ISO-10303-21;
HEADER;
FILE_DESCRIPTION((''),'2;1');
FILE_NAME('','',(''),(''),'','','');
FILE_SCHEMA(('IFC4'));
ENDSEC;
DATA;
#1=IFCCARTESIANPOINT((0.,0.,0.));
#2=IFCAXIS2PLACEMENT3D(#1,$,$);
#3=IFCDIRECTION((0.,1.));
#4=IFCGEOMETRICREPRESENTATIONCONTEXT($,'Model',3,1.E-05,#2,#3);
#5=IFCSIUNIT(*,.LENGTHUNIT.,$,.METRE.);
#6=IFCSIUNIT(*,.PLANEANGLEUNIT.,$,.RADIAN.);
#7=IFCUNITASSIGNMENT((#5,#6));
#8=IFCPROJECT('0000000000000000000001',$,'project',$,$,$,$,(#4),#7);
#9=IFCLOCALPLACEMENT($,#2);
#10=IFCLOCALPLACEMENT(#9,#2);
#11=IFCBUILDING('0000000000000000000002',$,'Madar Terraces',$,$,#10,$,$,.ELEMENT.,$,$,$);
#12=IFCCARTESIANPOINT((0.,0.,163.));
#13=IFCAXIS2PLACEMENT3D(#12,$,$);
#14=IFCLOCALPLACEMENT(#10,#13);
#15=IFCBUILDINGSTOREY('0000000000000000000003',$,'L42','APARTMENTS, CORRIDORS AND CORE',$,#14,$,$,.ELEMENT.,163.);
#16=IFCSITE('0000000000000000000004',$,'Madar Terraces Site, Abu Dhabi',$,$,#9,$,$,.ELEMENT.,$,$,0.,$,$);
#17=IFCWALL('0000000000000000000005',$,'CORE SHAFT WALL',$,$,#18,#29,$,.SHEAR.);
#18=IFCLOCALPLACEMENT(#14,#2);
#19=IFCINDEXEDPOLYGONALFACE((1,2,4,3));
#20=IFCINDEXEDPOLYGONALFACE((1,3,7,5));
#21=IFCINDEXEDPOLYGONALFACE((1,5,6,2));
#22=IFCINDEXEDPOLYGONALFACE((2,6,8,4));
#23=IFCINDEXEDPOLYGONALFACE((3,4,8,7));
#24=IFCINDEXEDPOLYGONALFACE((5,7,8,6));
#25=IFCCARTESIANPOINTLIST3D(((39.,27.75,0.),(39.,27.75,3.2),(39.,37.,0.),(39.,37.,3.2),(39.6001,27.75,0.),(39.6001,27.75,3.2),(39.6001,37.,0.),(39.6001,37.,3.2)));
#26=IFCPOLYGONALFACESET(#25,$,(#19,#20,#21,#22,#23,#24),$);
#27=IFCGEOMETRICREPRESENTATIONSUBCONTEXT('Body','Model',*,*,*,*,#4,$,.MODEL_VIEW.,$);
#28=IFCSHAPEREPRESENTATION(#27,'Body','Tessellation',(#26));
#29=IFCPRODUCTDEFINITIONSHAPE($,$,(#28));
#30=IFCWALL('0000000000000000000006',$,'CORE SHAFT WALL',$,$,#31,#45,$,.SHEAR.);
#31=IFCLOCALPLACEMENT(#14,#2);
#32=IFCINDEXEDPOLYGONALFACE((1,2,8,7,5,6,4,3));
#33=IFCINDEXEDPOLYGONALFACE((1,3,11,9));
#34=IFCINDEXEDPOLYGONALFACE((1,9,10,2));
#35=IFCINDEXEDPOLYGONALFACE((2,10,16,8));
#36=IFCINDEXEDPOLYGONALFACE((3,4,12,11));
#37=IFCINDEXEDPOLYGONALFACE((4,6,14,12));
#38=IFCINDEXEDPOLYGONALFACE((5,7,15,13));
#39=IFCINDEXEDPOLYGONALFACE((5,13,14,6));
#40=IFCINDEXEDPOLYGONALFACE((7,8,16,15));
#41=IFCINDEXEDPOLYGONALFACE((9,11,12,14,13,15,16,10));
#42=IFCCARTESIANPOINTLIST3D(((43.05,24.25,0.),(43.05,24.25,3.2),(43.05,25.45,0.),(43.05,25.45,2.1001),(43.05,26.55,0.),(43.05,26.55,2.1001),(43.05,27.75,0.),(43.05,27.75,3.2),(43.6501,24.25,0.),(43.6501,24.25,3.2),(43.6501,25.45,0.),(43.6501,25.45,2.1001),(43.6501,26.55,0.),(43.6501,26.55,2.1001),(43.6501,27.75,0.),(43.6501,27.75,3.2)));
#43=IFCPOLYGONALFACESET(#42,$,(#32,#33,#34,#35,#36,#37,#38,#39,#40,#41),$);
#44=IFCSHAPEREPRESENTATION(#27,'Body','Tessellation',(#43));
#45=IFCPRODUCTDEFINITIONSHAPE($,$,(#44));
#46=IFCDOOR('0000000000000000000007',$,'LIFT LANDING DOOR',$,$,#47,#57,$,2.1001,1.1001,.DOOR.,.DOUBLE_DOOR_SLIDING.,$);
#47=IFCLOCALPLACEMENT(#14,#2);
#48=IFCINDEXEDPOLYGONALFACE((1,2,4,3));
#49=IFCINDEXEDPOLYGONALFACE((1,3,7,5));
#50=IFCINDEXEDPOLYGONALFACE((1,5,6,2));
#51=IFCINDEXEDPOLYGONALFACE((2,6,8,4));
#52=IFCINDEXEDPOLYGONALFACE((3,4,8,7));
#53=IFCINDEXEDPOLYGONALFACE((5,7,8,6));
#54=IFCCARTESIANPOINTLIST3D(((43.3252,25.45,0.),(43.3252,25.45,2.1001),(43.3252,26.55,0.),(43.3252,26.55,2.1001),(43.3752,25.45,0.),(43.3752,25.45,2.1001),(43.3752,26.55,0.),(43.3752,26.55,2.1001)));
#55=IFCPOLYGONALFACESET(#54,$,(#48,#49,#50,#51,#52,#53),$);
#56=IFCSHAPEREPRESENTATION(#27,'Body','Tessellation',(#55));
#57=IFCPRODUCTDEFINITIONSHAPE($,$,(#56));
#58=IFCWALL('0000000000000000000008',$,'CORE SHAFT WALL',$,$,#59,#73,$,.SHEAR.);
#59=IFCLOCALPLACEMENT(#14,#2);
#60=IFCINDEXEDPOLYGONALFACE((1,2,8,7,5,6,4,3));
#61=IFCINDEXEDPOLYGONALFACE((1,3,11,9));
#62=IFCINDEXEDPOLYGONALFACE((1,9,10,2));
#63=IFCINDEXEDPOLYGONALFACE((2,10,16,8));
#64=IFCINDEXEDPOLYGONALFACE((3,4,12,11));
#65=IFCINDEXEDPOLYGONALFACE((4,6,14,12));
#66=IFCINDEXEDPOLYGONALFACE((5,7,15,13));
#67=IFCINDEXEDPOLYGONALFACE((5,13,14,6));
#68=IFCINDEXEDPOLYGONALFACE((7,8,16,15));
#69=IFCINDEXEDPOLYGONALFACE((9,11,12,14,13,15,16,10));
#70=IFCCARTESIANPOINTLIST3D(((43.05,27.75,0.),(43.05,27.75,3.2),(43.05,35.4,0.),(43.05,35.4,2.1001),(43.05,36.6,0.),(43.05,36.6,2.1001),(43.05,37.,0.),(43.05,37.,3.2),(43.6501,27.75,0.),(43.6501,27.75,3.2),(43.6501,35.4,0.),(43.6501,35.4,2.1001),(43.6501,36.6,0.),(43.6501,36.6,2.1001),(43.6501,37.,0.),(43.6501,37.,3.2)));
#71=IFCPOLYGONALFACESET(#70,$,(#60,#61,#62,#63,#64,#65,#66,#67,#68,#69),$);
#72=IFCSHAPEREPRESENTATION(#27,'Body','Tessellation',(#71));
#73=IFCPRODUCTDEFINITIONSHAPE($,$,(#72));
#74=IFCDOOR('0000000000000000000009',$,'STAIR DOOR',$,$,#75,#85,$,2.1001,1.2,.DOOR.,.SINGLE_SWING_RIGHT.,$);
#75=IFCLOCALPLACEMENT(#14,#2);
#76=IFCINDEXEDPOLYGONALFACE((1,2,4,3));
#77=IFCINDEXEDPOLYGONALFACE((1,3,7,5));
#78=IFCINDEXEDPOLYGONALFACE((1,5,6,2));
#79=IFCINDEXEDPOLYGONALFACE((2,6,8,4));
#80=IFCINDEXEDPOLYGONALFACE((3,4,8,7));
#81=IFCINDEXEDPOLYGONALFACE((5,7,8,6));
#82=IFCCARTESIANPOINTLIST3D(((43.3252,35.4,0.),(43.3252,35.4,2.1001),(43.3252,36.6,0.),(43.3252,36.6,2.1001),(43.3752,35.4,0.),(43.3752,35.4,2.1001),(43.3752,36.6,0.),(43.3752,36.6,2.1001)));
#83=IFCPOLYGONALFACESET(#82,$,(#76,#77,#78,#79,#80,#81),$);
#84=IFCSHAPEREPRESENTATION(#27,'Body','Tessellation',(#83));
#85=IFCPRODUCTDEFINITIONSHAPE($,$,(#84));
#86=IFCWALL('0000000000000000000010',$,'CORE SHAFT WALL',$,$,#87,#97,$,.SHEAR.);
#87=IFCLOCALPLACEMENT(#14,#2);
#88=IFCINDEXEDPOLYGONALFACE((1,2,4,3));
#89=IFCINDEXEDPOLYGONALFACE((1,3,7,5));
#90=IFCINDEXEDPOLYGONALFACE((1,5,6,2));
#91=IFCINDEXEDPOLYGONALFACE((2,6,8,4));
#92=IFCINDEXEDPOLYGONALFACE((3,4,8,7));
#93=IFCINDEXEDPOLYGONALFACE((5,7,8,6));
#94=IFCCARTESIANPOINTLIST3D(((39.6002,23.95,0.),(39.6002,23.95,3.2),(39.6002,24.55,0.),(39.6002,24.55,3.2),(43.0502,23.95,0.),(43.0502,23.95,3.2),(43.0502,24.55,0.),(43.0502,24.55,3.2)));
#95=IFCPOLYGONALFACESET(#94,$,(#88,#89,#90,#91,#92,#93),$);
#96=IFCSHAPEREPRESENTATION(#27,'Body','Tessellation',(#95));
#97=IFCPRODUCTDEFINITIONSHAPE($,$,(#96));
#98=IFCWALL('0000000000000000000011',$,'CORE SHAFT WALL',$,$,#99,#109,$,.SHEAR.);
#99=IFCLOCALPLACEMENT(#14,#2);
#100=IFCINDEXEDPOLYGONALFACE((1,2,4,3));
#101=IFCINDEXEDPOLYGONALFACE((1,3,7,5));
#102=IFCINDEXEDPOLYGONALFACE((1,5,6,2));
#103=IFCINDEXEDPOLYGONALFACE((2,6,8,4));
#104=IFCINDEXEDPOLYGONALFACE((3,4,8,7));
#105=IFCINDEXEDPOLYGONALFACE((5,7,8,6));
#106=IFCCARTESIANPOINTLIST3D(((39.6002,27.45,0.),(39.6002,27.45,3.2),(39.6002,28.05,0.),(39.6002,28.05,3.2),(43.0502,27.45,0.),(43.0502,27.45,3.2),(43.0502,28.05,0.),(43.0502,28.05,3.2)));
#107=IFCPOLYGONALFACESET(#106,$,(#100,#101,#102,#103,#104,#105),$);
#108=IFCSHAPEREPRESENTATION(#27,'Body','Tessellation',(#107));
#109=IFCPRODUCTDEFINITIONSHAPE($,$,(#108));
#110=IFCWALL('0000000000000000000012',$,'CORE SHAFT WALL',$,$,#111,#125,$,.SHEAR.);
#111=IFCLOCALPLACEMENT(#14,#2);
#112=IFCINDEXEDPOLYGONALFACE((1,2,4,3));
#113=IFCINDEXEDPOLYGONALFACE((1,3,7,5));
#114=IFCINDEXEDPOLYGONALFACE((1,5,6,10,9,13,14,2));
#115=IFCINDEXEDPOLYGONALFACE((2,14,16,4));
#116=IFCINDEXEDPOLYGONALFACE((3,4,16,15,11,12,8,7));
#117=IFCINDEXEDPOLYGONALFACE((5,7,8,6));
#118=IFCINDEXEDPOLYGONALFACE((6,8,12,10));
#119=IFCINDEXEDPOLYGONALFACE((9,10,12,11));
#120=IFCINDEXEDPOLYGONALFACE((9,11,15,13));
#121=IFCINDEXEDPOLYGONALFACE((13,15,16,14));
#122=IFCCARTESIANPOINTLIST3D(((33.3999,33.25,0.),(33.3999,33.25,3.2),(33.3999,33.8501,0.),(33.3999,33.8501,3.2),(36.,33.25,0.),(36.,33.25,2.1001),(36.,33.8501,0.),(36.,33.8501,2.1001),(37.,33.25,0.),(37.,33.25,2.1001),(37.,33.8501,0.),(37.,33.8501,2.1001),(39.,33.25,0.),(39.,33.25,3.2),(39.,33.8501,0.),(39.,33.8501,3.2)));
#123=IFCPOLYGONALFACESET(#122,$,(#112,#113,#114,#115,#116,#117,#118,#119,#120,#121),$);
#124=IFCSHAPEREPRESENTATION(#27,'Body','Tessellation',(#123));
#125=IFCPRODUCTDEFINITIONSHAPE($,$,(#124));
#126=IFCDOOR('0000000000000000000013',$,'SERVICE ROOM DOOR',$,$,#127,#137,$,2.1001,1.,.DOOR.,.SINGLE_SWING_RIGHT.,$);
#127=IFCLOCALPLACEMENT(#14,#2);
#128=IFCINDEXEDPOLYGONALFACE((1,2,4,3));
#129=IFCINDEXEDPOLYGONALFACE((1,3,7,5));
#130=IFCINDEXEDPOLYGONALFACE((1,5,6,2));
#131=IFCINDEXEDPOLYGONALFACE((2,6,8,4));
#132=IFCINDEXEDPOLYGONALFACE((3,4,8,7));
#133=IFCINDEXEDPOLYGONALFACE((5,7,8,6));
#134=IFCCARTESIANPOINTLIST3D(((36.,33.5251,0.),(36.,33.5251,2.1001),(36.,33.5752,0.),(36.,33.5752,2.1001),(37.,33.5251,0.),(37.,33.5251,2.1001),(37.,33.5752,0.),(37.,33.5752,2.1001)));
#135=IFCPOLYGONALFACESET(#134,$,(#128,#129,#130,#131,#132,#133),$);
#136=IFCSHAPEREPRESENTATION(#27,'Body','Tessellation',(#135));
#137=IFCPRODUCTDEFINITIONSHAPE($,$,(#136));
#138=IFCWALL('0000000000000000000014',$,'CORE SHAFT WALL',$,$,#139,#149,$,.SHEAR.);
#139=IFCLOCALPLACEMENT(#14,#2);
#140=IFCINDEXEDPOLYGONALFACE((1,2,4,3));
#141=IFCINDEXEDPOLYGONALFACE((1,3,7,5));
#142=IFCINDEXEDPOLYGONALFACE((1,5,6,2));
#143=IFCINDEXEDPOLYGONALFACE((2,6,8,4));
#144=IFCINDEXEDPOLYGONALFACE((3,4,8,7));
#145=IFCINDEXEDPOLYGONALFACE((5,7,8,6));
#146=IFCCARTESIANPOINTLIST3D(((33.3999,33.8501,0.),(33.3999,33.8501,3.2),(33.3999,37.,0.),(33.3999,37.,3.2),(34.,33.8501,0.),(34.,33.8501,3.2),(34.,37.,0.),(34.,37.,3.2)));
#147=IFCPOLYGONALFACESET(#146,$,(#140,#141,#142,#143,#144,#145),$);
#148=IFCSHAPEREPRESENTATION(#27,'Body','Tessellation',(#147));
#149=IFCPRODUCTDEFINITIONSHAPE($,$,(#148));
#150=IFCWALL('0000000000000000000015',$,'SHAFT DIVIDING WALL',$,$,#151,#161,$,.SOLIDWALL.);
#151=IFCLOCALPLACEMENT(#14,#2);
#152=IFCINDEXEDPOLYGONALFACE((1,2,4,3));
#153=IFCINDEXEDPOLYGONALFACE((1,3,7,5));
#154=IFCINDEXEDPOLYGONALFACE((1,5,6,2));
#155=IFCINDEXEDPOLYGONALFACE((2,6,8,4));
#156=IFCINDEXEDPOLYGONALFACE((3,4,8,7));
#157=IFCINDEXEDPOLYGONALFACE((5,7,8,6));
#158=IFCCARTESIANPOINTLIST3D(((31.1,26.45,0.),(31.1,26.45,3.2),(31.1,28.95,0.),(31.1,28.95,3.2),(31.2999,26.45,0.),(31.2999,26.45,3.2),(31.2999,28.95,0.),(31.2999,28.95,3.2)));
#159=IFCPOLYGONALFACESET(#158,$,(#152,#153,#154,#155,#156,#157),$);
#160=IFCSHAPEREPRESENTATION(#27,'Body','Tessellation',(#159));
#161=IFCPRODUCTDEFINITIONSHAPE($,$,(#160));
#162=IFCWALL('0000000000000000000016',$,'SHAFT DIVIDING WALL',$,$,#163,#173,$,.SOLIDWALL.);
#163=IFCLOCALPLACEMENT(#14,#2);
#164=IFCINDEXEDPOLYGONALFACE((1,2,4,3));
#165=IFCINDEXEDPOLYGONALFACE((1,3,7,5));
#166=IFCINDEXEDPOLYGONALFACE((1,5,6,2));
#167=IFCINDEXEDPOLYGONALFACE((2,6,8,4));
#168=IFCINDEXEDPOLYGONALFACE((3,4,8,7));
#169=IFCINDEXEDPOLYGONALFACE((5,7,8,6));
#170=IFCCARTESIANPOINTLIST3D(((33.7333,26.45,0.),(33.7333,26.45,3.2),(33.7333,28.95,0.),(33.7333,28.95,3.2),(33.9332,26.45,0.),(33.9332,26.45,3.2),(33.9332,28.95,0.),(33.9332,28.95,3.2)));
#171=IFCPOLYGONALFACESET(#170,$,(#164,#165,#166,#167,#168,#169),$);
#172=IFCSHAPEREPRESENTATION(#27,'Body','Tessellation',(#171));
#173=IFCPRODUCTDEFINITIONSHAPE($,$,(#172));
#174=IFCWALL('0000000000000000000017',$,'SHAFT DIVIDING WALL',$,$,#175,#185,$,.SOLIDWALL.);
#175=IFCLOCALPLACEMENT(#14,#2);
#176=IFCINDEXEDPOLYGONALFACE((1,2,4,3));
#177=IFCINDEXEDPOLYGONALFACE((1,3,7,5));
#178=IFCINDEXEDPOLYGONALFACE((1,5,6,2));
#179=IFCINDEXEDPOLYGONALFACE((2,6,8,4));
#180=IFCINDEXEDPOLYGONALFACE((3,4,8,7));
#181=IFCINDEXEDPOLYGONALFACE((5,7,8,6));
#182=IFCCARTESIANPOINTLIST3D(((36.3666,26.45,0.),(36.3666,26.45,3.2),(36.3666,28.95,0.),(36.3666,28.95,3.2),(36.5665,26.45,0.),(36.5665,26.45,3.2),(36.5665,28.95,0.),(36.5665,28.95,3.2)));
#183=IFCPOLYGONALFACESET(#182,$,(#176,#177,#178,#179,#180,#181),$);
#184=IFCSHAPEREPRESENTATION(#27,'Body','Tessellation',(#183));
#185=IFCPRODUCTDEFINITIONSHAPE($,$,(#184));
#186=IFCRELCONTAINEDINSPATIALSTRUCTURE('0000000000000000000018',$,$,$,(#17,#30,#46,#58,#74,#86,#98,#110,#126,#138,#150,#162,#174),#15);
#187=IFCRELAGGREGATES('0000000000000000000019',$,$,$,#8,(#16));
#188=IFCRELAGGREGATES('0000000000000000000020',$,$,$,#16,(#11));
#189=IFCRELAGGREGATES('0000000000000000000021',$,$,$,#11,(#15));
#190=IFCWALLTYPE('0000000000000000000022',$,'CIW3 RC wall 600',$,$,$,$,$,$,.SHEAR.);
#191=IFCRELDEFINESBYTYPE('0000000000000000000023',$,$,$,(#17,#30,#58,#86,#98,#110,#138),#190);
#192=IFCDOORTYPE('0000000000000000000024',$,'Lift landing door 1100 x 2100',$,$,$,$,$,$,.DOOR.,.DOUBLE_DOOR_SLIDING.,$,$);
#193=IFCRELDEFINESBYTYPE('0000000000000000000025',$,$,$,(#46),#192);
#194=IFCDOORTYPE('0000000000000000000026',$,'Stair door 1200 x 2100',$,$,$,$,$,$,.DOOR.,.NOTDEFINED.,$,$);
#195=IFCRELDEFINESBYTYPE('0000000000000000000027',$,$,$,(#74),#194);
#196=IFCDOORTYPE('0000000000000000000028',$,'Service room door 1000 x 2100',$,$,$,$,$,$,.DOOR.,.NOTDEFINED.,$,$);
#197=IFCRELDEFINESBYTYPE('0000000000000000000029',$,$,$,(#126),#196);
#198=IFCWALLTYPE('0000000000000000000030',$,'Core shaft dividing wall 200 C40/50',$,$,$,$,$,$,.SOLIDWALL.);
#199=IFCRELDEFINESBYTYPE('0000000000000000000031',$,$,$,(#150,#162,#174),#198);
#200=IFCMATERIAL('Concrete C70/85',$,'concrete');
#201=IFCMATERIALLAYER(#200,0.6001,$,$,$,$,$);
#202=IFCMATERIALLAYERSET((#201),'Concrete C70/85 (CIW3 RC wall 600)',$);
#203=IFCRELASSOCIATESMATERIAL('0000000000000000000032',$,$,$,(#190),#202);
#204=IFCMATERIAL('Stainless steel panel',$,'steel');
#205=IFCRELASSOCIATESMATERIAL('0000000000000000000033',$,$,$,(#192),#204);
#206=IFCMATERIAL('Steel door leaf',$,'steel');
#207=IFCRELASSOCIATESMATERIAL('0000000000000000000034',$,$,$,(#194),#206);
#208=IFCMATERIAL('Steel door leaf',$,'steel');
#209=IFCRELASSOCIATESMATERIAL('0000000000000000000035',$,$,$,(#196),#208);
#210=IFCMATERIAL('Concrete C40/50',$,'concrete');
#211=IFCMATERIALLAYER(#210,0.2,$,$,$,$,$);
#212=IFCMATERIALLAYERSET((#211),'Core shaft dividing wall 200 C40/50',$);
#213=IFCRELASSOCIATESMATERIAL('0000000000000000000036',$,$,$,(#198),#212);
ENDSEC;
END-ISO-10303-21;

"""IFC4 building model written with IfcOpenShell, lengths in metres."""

from ifc_helpers import new_model, si_unit, direction, frame, frame_2d, origin, place, context, subcontext, project, spatial, rectangle, extrude, material, layer, layer_set, type_object, element, fill, save


model = new_model("IFC4")

# Units and contexts
model_context = context("Model", 3, precision=1e-05, world=origin(), true_north=direction((0.0, 1.0)))
body_context = subcontext(model_context, "Body", "Model", "MODEL_VIEW")
ifc_project = project(units=[si_unit("LENGTHUNIT", "METRE"), si_unit("PLANEANGLEUNIT", "RADIAN")], contexts=[model_context])

# Site, building, storey
site_placement = place(None, origin())
site = spatial("IfcSite", under=ifc_project, at=site_placement, Name="Madar Terraces Site, Abu Dhabi", CompositionType="ELEMENT", RefElevation=0.0)
building_placement = place(site_placement, origin())
building = spatial("IfcBuilding", under=site, at=building_placement, Name="Madar Terraces", CompositionType="ELEMENT")
storey_placement = place(building_placement, frame((0.0, 0.0, 163.0)))
storey = spatial("IfcBuildingStorey", under=building, at=storey_placement, Name="L42", Description="APARTMENTS, CORRIDORS AND CORE", CompositionType="ELEMENT", Elevation=163.0)

# Wall
ifc_material_1 = material(Name="Concrete C70/85", Category="concrete")
ifc_layer_1 = layer(ifc_material_1, 0.6001)
ifc_layer_set_1 = layer_set([ifc_layer_1], Name="Concrete C70/85 (CIW3 RC wall 600)")
wall_type_1 = type_object("IfcWallType", Name="CIW3 RC wall 600", PredefinedType="SHEAR", material=ifc_layer_set_1)
wall_1_placement = place(storey_placement, frame((39.3, 27.75, 0.0), z_axis=(0.0, 0.0, 1.0), x_axis=(0.0, 1.0, 0.0)))
element("IfcWall", 1, at=wall_1_placement, inside=storey, type_object=wall_type_1, Name="CORE SHAFT WALL", PredefinedType="SHEAR", context=body_context, shape_type="SweptSolid", body=[
    extrude(rectangle(XDim=9.25, YDim=0.6001, at=frame_2d((4.625, 0.0))), origin(), (0.0, 0.0, 1.0), 3.2),
])

# Walls, openings, doors
wall_2_placement = place(storey_placement, frame((43.3501, 24.25, 0.0), z_axis=(0.0, 0.0, 1.0), x_axis=(0.0, 1.0, 0.0)))
wall_2 = element("IfcWall", 2, at=wall_2_placement, inside=storey, type_object=wall_type_1, Name="CORE SHAFT WALL", PredefinedType="SHEAR", context=body_context, shape_type="SweptSolid", body=[
    extrude(rectangle(XDim=3.5, YDim=0.6001, at=frame_2d((1.75, 0.0))), origin(), (0.0, 0.0, 1.0), 3.2),
])
opening_1_placement = place(wall_2_placement, frame((1.2, 0.0, 0.0)))
opening_1 = element("IfcOpeningElement", 3, at=opening_1_placement, cuts=wall_2, PredefinedType="OPENING", context=body_context, shape_type="SweptSolid", body=[
    extrude(rectangle(XDim=1.1001, YDim=2.1001, at=frame_2d((0.55, 1.05))), frame((0.0, 0.3101, 0.0), z_axis=(0.0, -1.0, 0.0), x_axis=(1.0, 0.0, 0.0)), (0.0, 0.0, 1.0), 0.6201),
])
ifc_material_2 = material(Name="Stainless steel panel", Category="steel")
door_type_1 = type_object("IfcDoorType", Name="Lift landing door 1100 x 2100", OperationType="DOUBLE_DOOR_SLIDING", PredefinedType="DOOR", material=ifc_material_2)
door_1_placement = place(opening_1_placement, origin())
door_1 = element("IfcDoor", 4, at=door_1_placement, inside=storey, type_object=door_type_1, Name="LIFT LANDING DOOR", OperationType="DOUBLE_DOOR_SLIDING", OverallHeight=2.1001, OverallWidth=1.1001, PredefinedType="DOOR", context=body_context, shape_type="SweptSolid", body=[
    extrude(rectangle(XDim=1.1001, YDim=2.1001, at=frame_2d((0.55, 1.05))), frame((0.0, 0.0249, 0.0), z_axis=(0.0, -1.0, 0.0), x_axis=(1.0, 0.0, 0.0)), (0.0, 0.0, 1.0), 0.05),
])
fill(opening_1, door_1)
wall_3_placement = place(storey_placement, frame((43.3501, 27.75, 0.0), z_axis=(0.0, 0.0, 1.0), x_axis=(0.0, 1.0, 0.0)))
wall_3 = element("IfcWall", 5, at=wall_3_placement, inside=storey, type_object=wall_type_1, Name="CORE SHAFT WALL", PredefinedType="SHEAR", context=body_context, shape_type="SweptSolid", body=[
    extrude(rectangle(XDim=9.25, YDim=0.6001, at=frame_2d((4.625, 0.0))), origin(), (0.0, 0.0, 1.0), 3.2),
])
opening_2_placement = place(wall_3_placement, frame((7.6499, 0.0, 0.0)))
opening_2 = element("IfcOpeningElement", 6, at=opening_2_placement, cuts=wall_3, PredefinedType="OPENING", context=body_context, shape_type="SweptSolid", body=[
    extrude(rectangle(XDim=1.2, YDim=2.1001, at=frame_2d((0.6001, 1.05))), frame((0.0, 0.3101, 0.0), z_axis=(0.0, -1.0, 0.0), x_axis=(1.0, 0.0, 0.0)), (0.0, 0.0, 1.0), 0.6201),
])
ifc_material_3 = material(Name="Steel door leaf", Category="steel")
door_type_2 = type_object("IfcDoorType", Name="Stair door 1200 x 2100", OperationType="NOTDEFINED", PredefinedType="DOOR", material=ifc_material_3)
door_2_placement = place(opening_2_placement, origin())
door_2 = element("IfcDoor", 7, at=door_2_placement, inside=storey, type_object=door_type_2, Name="STAIR DOOR", OperationType="SINGLE_SWING_RIGHT", OverallHeight=2.1001, OverallWidth=1.2, PredefinedType="DOOR", context=body_context, shape_type="SweptSolid", body=[
    extrude(rectangle(XDim=1.2, YDim=2.1001, at=frame_2d((0.6001, 1.05))), frame((0.0, 0.0249, 0.0), z_axis=(0.0, -1.0, 0.0), x_axis=(1.0, 0.0, 0.0)), (0.0, 0.0, 1.0), 0.05),
])
fill(opening_2, door_2)

# Walls
for number, where, z_axis, x_axis, name in (
    (8, (39.6001, 24.25, 0.0), (0.0, 0.0, 1.0), (1.0, 0.0, 0.0), "CORE SHAFT WALL"),
    (9, (39.6001, 27.75, 0.0), (0.0, 0.0, 1.0), (1.0, 0.0, 0.0), "CORE SHAFT WALL"),
):
    element("IfcWall", number, at=place(storey_placement, frame(where, z_axis=z_axis, x_axis=x_axis)), inside=storey, type_object=wall_type_1, Name=name, PredefinedType="SHEAR", context=body_context, shape_type="SweptSolid", body=[
        extrude(rectangle(XDim=3.45, YDim=0.6001, at=frame_2d((1.7251, 0.0))), origin(), (0.0, 0.0, 1.0), 3.2),
    ])

# Wall, opening, door
wall_4_placement = place(storey_placement, frame((33.3999, 33.55, 0.0), z_axis=(0.0, 0.0, 1.0), x_axis=(1.0, 0.0, 0.0)))
wall_4 = element("IfcWall", 10, at=wall_4_placement, inside=storey, type_object=wall_type_1, Name="CORE SHAFT WALL", PredefinedType="SHEAR", context=body_context, shape_type="SweptSolid", body=[
    extrude(rectangle(XDim=5.6001, YDim=0.6001, at=frame_2d((2.8, 0.0))), origin(), (0.0, 0.0, 1.0), 3.2),
])
opening_3_placement = place(wall_4_placement, frame((2.6001, 0.0, 0.0)))
opening_3 = element("IfcOpeningElement", 11, at=opening_3_placement, cuts=wall_4, PredefinedType="OPENING", context=body_context, shape_type="SweptSolid", body=[
    extrude(rectangle(XDim=1.0, YDim=2.1001, at=frame_2d((0.5, 1.05))), frame((0.0, 0.3101, 0.0), z_axis=(0.0, -1.0, 0.0), x_axis=(1.0, 0.0, 0.0)), (0.0, 0.0, 1.0), 0.6201),
])
ifc_material_4 = material(Name="Steel door leaf", Category="steel")
door_type_3 = type_object("IfcDoorType", Name="Service room door 1000 x 2100", OperationType="NOTDEFINED", PredefinedType="DOOR", material=ifc_material_4)
door_3_placement = place(opening_3_placement, frame((1.0, 0.0, 0.0), z_axis=(0.0, 0.0, 1.0), x_axis=(-1.0, 0.0, 0.0)))
door_3 = element("IfcDoor", 12, at=door_3_placement, inside=storey, type_object=door_type_3, Name="SERVICE ROOM DOOR", OperationType="SINGLE_SWING_RIGHT", OverallHeight=2.1001, OverallWidth=1.0, PredefinedType="DOOR", context=body_context, shape_type="SweptSolid", body=[
    extrude(rectangle(XDim=1.0, YDim=2.1001, at=frame_2d((0.5, 1.05))), frame((0.0, 0.0249, 0.0), z_axis=(0.0, -1.0, 0.0), x_axis=(1.0, 0.0, 0.0)), (0.0, 0.0, 1.0), 0.05),
])
fill(opening_3, door_3)

# Walls
wall_5_placement = place(storey_placement, frame((33.7, 33.8501, 0.0), z_axis=(0.0, 0.0, 1.0), x_axis=(0.0, 1.0, 0.0)))
element("IfcWall", 13, at=wall_5_placement, inside=storey, type_object=wall_type_1, Name="CORE SHAFT WALL", PredefinedType="SHEAR", context=body_context, shape_type="SweptSolid", body=[
    extrude(rectangle(XDim=3.1499, YDim=0.6001, at=frame_2d((1.575, 0.0))), origin(), (0.0, 0.0, 1.0), 3.2),
])
ifc_material_5 = material(Name="Concrete C40/50", Category="concrete")
ifc_layer_2 = layer(ifc_material_5, 0.2)
ifc_layer_set_2 = layer_set([ifc_layer_2], Name="Core shaft dividing wall 200 C40/50")
wall_type_2 = type_object("IfcWallType", Name="Core shaft dividing wall 200 C40/50", PredefinedType="SOLIDWALL", material=ifc_layer_set_2)
for number, where, z_axis, x_axis, name in (
    (14, (31.2, 26.45, 0.0), (0.0, 0.0, 1.0), (0.0, 1.0, 0.0), "SHAFT DIVIDING WALL"),
    (15, (33.8333, 26.45, 0.0), (0.0, 0.0, 1.0), (0.0, 1.0, 0.0), "SHAFT DIVIDING WALL"),
    (16, (36.4666, 26.45, 0.0), (0.0, 0.0, 1.0), (0.0, 1.0, 0.0), "SHAFT DIVIDING WALL"),
):
    element("IfcWall", number, at=place(storey_placement, frame(where, z_axis=z_axis, x_axis=x_axis)), inside=storey, type_object=wall_type_2, Name=name, PredefinedType="SOLIDWALL", context=body_context, shape_type="SweptSolid", body=[
        extrude(rectangle(XDim=2.5, YDim=0.2, at=frame_2d((1.25, 0.0))), origin(), (0.0, 0.0, 1.0), 3.2),
    ])

save(model, "model.ifc")
